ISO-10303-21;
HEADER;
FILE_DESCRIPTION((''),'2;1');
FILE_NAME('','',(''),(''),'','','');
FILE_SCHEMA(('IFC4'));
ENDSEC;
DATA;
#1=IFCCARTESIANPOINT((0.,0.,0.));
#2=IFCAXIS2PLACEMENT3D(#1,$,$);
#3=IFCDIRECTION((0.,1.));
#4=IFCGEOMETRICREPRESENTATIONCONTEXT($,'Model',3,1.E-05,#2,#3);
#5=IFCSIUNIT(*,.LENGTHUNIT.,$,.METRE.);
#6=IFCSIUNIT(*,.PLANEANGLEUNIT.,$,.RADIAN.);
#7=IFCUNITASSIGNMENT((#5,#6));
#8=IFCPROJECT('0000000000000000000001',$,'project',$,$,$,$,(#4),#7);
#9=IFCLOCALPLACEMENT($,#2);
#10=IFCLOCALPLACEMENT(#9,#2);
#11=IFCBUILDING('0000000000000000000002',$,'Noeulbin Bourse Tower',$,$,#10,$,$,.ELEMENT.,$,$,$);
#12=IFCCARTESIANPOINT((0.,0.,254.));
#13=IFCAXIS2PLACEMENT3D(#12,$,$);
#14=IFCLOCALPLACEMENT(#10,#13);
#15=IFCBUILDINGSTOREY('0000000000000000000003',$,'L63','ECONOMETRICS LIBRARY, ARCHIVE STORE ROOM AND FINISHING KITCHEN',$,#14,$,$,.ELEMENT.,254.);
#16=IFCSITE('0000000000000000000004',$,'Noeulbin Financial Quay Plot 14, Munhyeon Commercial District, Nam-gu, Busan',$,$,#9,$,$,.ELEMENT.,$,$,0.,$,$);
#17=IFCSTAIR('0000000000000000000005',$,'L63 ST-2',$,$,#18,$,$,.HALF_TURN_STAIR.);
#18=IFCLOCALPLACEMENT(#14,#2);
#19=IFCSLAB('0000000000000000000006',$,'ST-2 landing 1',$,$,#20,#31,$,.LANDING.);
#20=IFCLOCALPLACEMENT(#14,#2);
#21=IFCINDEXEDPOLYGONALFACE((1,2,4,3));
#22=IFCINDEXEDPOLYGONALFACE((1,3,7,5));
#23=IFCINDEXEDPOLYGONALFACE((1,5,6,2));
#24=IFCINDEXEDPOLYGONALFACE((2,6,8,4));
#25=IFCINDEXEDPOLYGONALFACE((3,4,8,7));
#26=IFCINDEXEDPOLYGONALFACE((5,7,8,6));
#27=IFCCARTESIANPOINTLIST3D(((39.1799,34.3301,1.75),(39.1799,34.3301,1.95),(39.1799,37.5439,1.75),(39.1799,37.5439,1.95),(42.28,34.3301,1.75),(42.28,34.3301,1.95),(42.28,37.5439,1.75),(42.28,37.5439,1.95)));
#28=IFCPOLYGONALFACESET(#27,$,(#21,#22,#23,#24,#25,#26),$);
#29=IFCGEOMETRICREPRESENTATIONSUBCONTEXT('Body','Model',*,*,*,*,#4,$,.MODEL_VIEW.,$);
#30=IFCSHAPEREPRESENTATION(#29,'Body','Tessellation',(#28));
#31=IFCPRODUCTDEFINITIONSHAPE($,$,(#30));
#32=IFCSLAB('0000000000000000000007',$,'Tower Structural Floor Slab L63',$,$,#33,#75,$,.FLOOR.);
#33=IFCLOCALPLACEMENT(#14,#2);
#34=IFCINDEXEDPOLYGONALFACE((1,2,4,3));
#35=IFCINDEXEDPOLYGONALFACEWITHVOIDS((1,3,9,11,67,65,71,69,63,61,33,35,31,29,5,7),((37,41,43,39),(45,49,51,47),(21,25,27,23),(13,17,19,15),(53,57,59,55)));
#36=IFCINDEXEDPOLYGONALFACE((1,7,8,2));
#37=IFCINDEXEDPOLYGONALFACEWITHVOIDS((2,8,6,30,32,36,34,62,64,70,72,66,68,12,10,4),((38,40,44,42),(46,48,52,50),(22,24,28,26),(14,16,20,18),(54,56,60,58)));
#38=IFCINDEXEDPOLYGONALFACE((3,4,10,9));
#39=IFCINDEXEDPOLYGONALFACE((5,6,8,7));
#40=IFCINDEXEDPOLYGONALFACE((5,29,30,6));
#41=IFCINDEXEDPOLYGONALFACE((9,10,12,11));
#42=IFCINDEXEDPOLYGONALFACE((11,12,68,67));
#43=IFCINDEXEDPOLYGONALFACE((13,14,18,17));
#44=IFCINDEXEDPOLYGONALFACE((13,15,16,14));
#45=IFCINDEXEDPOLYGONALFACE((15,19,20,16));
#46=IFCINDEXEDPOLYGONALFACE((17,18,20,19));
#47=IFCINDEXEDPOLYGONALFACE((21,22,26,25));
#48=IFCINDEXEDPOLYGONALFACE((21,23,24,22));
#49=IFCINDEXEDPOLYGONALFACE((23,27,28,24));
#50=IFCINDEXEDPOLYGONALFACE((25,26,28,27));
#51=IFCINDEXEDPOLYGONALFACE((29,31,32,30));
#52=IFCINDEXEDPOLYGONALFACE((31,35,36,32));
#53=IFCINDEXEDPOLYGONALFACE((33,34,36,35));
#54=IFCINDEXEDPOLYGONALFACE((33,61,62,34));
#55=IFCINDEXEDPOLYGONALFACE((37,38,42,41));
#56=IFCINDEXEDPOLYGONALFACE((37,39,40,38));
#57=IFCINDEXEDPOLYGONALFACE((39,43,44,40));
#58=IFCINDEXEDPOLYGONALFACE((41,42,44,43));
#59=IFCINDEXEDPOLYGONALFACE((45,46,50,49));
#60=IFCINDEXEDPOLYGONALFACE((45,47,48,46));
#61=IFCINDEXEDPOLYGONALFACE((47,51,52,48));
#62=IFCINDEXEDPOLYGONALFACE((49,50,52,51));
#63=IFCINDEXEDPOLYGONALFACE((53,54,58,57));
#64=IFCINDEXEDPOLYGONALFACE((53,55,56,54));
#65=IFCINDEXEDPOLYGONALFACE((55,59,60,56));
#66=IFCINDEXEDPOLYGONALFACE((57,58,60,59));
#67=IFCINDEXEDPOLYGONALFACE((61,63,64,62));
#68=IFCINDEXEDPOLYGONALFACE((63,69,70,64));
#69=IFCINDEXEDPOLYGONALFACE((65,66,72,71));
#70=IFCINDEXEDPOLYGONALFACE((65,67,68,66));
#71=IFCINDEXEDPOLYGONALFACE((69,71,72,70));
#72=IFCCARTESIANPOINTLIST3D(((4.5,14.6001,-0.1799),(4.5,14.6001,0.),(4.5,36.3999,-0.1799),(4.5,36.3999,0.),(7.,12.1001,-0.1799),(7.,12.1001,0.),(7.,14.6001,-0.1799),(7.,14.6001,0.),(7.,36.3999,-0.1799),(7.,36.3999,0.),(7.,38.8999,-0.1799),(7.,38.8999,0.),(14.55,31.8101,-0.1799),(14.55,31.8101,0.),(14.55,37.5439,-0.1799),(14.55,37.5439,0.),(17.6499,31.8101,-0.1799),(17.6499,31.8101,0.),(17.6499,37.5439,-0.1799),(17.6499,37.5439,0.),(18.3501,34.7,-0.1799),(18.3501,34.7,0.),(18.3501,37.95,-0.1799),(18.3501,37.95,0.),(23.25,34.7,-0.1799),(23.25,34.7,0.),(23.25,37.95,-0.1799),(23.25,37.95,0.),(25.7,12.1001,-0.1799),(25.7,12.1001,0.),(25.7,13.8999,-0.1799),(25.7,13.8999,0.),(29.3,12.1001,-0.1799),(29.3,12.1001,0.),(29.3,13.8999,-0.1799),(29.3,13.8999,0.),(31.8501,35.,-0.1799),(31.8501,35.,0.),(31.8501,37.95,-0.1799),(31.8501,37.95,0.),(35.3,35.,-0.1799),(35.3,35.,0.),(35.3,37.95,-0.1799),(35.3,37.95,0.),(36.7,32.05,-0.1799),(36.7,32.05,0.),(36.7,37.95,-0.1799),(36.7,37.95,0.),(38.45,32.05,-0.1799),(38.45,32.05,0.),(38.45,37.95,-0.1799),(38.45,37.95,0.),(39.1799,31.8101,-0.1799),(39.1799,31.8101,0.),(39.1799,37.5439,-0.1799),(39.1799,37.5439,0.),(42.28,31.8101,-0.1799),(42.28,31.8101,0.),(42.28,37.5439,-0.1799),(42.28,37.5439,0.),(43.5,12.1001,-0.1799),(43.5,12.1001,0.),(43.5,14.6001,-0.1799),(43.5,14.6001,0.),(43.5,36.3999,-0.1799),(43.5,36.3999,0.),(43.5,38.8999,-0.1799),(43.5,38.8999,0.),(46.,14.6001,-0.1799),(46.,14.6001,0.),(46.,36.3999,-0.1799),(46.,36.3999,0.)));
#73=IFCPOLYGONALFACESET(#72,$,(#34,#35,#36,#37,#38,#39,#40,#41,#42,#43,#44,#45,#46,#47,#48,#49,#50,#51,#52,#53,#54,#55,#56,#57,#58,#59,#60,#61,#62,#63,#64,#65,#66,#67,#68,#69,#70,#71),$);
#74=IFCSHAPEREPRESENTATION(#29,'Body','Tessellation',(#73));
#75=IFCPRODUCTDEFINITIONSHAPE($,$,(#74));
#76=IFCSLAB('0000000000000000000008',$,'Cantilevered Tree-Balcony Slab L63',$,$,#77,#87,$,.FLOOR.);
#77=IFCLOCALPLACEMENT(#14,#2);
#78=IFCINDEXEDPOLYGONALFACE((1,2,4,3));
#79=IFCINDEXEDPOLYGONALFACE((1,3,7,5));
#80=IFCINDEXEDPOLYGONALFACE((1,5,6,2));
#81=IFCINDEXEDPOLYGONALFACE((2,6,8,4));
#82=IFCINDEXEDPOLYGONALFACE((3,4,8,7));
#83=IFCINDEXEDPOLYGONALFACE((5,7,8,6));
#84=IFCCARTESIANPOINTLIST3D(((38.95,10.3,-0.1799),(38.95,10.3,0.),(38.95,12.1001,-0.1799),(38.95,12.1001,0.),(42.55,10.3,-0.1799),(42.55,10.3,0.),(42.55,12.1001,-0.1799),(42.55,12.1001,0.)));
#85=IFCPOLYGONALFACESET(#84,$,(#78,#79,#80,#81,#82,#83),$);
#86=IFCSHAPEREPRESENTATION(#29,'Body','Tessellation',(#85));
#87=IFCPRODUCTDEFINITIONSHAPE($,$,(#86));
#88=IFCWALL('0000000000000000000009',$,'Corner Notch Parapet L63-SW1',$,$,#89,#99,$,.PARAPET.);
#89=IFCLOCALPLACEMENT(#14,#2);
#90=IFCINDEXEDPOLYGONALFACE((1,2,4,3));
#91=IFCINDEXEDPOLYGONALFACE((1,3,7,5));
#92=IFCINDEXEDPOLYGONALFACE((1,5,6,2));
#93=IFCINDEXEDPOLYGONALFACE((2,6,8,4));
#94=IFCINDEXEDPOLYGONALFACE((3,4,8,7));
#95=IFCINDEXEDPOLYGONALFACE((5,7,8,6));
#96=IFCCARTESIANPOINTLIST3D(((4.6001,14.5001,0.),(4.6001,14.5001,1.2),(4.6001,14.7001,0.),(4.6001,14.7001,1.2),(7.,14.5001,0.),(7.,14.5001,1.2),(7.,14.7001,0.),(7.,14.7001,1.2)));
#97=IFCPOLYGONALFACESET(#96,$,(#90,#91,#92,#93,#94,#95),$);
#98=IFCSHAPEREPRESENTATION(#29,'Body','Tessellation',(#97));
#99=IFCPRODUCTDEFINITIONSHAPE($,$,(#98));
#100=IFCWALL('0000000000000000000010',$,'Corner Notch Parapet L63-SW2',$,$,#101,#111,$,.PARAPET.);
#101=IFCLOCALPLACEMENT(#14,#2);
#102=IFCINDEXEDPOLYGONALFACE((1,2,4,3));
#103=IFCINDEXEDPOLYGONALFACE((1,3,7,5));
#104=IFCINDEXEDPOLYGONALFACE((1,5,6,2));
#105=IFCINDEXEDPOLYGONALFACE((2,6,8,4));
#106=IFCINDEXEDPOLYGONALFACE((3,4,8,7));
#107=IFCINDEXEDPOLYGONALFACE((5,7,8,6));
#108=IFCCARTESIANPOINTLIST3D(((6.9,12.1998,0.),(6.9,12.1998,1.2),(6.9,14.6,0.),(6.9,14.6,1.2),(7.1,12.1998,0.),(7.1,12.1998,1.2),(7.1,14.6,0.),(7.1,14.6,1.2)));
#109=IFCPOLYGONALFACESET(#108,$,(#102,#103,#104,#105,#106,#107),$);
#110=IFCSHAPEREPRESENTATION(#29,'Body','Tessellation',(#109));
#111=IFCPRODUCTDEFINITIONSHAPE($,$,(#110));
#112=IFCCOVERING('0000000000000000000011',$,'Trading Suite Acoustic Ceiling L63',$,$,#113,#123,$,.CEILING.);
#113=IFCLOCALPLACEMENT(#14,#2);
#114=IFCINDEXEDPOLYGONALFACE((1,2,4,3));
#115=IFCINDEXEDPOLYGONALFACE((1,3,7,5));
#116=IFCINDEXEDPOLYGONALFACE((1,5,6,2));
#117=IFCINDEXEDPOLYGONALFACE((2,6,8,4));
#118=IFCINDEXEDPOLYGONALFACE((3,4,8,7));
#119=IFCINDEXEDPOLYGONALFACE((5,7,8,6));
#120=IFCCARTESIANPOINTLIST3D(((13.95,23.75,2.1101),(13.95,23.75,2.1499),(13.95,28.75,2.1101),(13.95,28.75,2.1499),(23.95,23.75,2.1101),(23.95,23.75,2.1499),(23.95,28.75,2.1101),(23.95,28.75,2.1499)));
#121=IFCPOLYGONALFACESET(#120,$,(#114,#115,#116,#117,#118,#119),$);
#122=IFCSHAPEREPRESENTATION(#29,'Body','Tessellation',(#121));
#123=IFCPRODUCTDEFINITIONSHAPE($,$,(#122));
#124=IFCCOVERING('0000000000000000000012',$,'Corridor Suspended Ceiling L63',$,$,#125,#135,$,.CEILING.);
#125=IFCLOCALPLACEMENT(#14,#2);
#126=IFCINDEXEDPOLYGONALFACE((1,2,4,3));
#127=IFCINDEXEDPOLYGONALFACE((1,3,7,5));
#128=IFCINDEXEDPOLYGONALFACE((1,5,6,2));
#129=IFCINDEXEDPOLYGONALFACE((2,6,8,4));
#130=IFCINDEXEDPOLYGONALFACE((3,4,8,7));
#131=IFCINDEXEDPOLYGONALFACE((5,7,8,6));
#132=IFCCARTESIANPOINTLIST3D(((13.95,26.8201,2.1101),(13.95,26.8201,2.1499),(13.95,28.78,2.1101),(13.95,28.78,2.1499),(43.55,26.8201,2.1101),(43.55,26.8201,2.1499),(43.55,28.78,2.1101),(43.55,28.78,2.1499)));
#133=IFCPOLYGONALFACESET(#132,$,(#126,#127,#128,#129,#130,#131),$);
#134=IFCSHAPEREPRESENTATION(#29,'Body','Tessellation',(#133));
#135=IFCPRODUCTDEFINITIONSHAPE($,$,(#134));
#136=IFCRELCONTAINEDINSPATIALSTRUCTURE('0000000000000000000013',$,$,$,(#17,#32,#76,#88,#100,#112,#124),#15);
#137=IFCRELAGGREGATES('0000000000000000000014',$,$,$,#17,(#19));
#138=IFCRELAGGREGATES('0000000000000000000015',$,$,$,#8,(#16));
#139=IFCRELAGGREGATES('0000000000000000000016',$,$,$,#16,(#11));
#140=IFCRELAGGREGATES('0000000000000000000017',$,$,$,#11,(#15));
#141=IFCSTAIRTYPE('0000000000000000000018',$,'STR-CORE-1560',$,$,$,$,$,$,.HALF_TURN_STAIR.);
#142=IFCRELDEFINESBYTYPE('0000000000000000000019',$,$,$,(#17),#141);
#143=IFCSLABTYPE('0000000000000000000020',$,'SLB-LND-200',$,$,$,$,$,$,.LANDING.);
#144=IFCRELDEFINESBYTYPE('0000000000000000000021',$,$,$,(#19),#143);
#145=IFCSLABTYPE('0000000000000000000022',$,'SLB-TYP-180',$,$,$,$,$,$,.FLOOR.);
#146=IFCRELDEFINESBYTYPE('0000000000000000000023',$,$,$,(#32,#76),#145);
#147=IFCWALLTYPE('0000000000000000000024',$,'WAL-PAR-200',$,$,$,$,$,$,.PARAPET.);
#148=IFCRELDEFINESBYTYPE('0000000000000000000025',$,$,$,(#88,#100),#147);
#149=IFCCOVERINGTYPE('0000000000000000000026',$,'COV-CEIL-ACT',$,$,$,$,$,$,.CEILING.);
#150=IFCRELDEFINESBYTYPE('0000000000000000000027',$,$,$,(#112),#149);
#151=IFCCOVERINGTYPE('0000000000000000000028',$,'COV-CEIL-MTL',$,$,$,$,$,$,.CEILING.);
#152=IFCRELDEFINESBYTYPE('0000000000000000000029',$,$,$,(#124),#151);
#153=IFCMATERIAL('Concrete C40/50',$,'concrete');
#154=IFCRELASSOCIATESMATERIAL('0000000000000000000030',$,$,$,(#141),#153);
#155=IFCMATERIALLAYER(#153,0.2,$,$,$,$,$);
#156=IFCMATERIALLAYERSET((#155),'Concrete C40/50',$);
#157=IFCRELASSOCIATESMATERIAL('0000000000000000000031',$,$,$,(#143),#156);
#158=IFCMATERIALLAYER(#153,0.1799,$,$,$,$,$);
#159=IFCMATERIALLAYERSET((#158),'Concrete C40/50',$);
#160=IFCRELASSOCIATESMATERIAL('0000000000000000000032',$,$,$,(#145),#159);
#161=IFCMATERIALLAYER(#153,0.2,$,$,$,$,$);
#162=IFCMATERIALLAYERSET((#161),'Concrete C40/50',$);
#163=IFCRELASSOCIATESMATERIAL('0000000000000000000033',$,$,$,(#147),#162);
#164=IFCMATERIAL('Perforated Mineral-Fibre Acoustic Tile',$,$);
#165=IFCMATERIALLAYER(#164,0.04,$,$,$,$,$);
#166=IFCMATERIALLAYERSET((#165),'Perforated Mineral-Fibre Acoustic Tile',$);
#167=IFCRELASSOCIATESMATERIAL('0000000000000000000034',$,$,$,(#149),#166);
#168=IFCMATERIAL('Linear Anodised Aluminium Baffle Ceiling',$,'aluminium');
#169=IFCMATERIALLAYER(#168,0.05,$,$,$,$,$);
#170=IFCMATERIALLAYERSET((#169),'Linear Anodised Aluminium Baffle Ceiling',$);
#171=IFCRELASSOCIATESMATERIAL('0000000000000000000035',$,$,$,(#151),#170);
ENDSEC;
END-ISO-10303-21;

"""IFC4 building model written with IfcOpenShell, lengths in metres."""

from ifc_helpers import new_model, si_unit, direction, frame, frame_2d, origin, place, context, subcontext, project, spatial, polyline, rectangle, outline, extrude, material, layer, layer_set, type_object, element, aggregate, save


model = new_model("IFC4")

# Units and contexts
model_context = context("Model", 3, precision=1e-05, world=origin(), true_north=direction((0.0, 1.0)))
body_context = subcontext(model_context, "Body", "Model", "MODEL_VIEW")
ifc_project = project(units=[si_unit("LENGTHUNIT", "METRE"), si_unit("PLANEANGLEUNIT", "RADIAN")], contexts=[model_context])

# Site, building, storey
site_placement = place(None, origin())
site = spatial("IfcSite", under=ifc_project, at=site_placement, Name="Noeulbin Financial Quay Plot 14, Munhyeon Commercial District, Nam-gu, Busan", CompositionType="ELEMENT", RefElevation=0.0)
building_placement = place(site_placement, origin())
building = spatial("IfcBuilding", under=site, at=building_placement, Name="Noeulbin Bourse Tower", CompositionType="ELEMENT")
storey_placement = place(building_placement, frame((0.0, 0.0, 254.0)))
storey = spatial("IfcBuildingStorey", under=building, at=storey_placement, Name="L63", Description="ECONOMETRICS LIBRARY, ARCHIVE STORE ROOM AND FINISHING KITCHEN", CompositionType="ELEMENT", Elevation=254.0)

# Stair, slab
ifc_material_1 = material(Name="Concrete C40/50", Category="concrete")
stair_type = type_object("IfcStairType", Name="STR-CORE-1560", PredefinedType="HALF_TURN_STAIR", material=ifc_material_1)
ifc_layer_1 = layer(ifc_material_1, 0.2)
ifc_layer_set_1 = layer_set([ifc_layer_1], Name="Concrete C40/50")
slab_type_1 = type_object("IfcSlabType", Name="SLB-LND-200", PredefinedType="LANDING", material=ifc_layer_set_1)
stair_1_placement = place(storey_placement, origin())
stair_1 = element("IfcStair", 1, at=stair_1_placement, inside=storey, type_object=stair_type, Name="L63 ST-2", PredefinedType="HALF_TURN_STAIR")
slab_1_placement = place(storey_placement, frame((0.0, 0.0, 1.75)))
slab_1 = element("IfcSlab", 2, at=slab_1_placement, type_object=slab_type_1, Name="ST-2 landing 1", PredefinedType="LANDING", context=body_context, shape_type="SweptSolid", body=[
    extrude(outline(polyline([(42.28, 34.3301), (42.28, 37.5439), (39.1799, 37.5439), (39.1799, 34.3301), (42.28, 34.3301)])), origin(), (0.0, 0.0, 1.0), 0.2),
])
aggregate(stair_1, [slab_1])

# Slab, openings
ifc_layer_2 = layer(ifc_material_1, 0.1799)
ifc_layer_set_2 = layer_set([ifc_layer_2], Name="Concrete C40/50")
slab_type_2 = type_object("IfcSlabType", Name="SLB-TYP-180", PredefinedType="FLOOR", material=ifc_layer_set_2)
slab_2_placement = place(storey_placement, frame((0.0, 0.0, -0.1799)))
slab_2 = element("IfcSlab", 3, at=slab_2_placement, inside=storey, type_object=slab_type_2, Name="Tower Structural Floor Slab L63", PredefinedType="FLOOR", context=body_context, shape_type="SweptSolid", body=[
    extrude(outline(polyline([(7.0, 12.1001), (25.7, 12.1001), (25.7, 13.8999), (29.3, 13.8999), (29.3, 12.1001), (43.5, 12.1001), (43.5, 14.6001), (46.0, 14.6001), (46.0, 36.3999), (43.5, 36.3999), (43.5, 38.8999), (7.0, 38.8999), (7.0, 36.3999), (4.5, 36.3999), (4.5, 14.6001), (7.0, 14.6001), (7.0, 12.1001)]), holes=[polyline([(17.6499, 31.8101), (17.6499, 37.5439), (14.55, 37.5439), (14.55, 31.8101), (17.6499, 31.8101)]), polyline([(42.28, 31.8101), (42.28, 37.5439), (39.1799, 37.5439), (39.1799, 31.8101), (42.28, 31.8101)]), polyline([(18.3501, 34.7), (23.25, 34.7), (23.25, 37.95), (18.3501, 37.95), (18.3501, 34.7)]), polyline([(36.7, 32.05), (38.45, 32.05), (38.45, 37.95), (36.7, 37.95), (36.7, 32.05)]), polyline([(31.8501, 35.0), (35.3, 35.0), (35.3, 37.95), (31.8501, 37.95), (31.8501, 35.0)])]), origin(), (0.0, 0.0, 1.0), 0.1799),
])
opening_1_placement = place(slab_2_placement, frame((0.0, 0.0, -0.01)))
element("IfcOpeningElement", 4, at=opening_1_placement, cuts=slab_2, PredefinedType="OPENING", context=body_context, shape_type="SweptSolid", body=[
    extrude(outline(polyline([(17.6499, 31.8101), (17.6499, 37.5439), (14.55, 37.5439), (14.55, 31.8101), (17.6499, 31.8101)])), origin(), (0.0, 0.0, 1.0), 0.2),
])
opening_2_placement = place(slab_2_placement, frame((0.0, 0.0, -0.01)))
element("IfcOpeningElement", 5, at=opening_2_placement, cuts=slab_2, PredefinedType="OPENING", context=body_context, shape_type="SweptSolid", body=[
    extrude(outline(polyline([(42.28, 31.8101), (42.28, 37.5439), (39.1799, 37.5439), (39.1799, 31.8101), (42.28, 31.8101)])), origin(), (0.0, 0.0, 1.0), 0.2),
])
opening_3_placement = place(slab_2_placement, frame((0.0, 0.0, -0.01)))
element("IfcOpeningElement", 6, at=opening_3_placement, cuts=slab_2, PredefinedType="OPENING", context=body_context, shape_type="SweptSolid", body=[
    extrude(outline(polyline([(18.3501, 34.7), (23.25, 34.7), (23.25, 37.95), (18.3501, 37.95), (18.3501, 34.7)])), origin(), (0.0, 0.0, 1.0), 0.2),
])
opening_4_placement = place(slab_2_placement, frame((0.0, 0.0, -0.01)))
element("IfcOpeningElement", 7, at=opening_4_placement, cuts=slab_2, PredefinedType="OPENING", context=body_context, shape_type="SweptSolid", body=[
    extrude(outline(polyline([(36.7, 32.05), (38.45, 32.05), (38.45, 37.95), (36.7, 37.95), (36.7, 32.05)])), origin(), (0.0, 0.0, 1.0), 0.2),
])
opening_5_placement = place(slab_2_placement, frame((0.0, 0.0, -0.01)))
element("IfcOpeningElement", 8, at=opening_5_placement, cuts=slab_2, PredefinedType="OPENING", context=body_context, shape_type="SweptSolid", body=[
    extrude(outline(polyline([(31.8501, 35.0), (35.3, 35.0), (35.3, 37.95), (31.8501, 37.95), (31.8501, 35.0)])), origin(), (0.0, 0.0, 1.0), 0.2),
])

# Slab
slab_3_placement = place(storey_placement, frame((0.0, 0.0, -0.1799)))
element("IfcSlab", 9, at=slab_3_placement, inside=storey, type_object=slab_type_2, Name="Cantilevered Tree-Balcony Slab L63", PredefinedType="FLOOR", context=body_context, shape_type="SweptSolid", body=[
    extrude(outline(polyline([(38.95, 10.3), (42.55, 10.3), (42.55, 12.1001), (38.95, 12.1001), (38.95, 10.3)])), origin(), (0.0, 0.0, 1.0), 0.1799),
])

# Walls
ifc_layer_3 = layer(ifc_material_1, 0.2)
ifc_layer_set_3 = layer_set([ifc_layer_3], Name="Concrete C40/50")
wall_type = type_object("IfcWallType", Name="WAL-PAR-200", PredefinedType="PARAPET", material=ifc_layer_set_3)
wall_1_placement = place(storey_placement, frame((4.6001, 14.6001, 0.0), z_axis=(0.0, 0.0, 1.0), x_axis=(1.0, 0.0, 0.0)))
element("IfcWall", 10, at=wall_1_placement, inside=storey, type_object=wall_type, Name="Corner Notch Parapet L63-SW1", PredefinedType="PARAPET", context=body_context, shape_type="SweptSolid", body=[
    extrude(rectangle(XDim=2.3999, YDim=0.2, at=frame_2d((1.2, 0.0))), origin(), (0.0, 0.0, 1.0), 1.2),
])
wall_2_placement = place(storey_placement, frame((7.0, 14.6001, 0.0), z_axis=(0.0, 0.0, 1.0), x_axis=(0.0, -1.0, 0.0)))
element("IfcWall", 11, at=wall_2_placement, inside=storey, type_object=wall_type, Name="Corner Notch Parapet L63-SW2", PredefinedType="PARAPET", context=body_context, shape_type="SweptSolid", body=[
    extrude(rectangle(XDim=2.4001, YDim=0.2, at=frame_2d((1.2002, 0.0))), origin(), (0.0, 0.0, 1.0), 1.2),
])

# Coverings
ifc_material_2 = material(Name="Perforated Mineral-Fibre Acoustic Tile")
ifc_layer_4 = layer(ifc_material_2, 0.04)
ifc_layer_set_4 = layer_set([ifc_layer_4], Name="Perforated Mineral-Fibre Acoustic Tile")
covering_type_1 = type_object("IfcCoveringType", Name="COV-CEIL-ACT", PredefinedType="CEILING", material=ifc_layer_set_4)
covering_1_placement = place(storey_placement, frame((0.0, 0.0, 2.1101)))
element("IfcCovering", 12, at=covering_1_placement, inside=storey, type_object=covering_type_1, Name="Trading Suite Acoustic Ceiling L63", PredefinedType="CEILING", context=body_context, shape_type="SweptSolid", body=[
    extrude(outline(polyline([(13.95, 23.75), (23.95, 23.75), (23.95, 28.75), (13.95, 28.75), (13.95, 23.75)])), origin(), (0.0, 0.0, 1.0), 0.0398),
])
ifc_material_3 = material(Name="Linear Anodised Aluminium Baffle Ceiling", Category="aluminium")
ifc_layer_5 = layer(ifc_material_3, 0.05)
ifc_layer_set_5 = layer_set([ifc_layer_5], Name="Linear Anodised Aluminium Baffle Ceiling")
covering_type_2 = type_object("IfcCoveringType", Name="COV-CEIL-MTL", PredefinedType="CEILING", material=ifc_layer_set_5)
covering_2_placement = place(storey_placement, frame((0.0, 0.0, 2.1101)))
element("IfcCovering", 13, at=covering_2_placement, inside=storey, type_object=covering_type_2, Name="Corridor Suspended Ceiling L63", PredefinedType="CEILING", context=body_context, shape_type="SweptSolid", body=[
    extrude(outline(polyline([(13.95, 26.8201), (43.55, 26.8201), (43.55, 28.78), (13.95, 28.78), (13.95, 26.8201)])), origin(), (0.0, 0.0, 1.0), 0.0398),
])

save(model, "model.ifc")
